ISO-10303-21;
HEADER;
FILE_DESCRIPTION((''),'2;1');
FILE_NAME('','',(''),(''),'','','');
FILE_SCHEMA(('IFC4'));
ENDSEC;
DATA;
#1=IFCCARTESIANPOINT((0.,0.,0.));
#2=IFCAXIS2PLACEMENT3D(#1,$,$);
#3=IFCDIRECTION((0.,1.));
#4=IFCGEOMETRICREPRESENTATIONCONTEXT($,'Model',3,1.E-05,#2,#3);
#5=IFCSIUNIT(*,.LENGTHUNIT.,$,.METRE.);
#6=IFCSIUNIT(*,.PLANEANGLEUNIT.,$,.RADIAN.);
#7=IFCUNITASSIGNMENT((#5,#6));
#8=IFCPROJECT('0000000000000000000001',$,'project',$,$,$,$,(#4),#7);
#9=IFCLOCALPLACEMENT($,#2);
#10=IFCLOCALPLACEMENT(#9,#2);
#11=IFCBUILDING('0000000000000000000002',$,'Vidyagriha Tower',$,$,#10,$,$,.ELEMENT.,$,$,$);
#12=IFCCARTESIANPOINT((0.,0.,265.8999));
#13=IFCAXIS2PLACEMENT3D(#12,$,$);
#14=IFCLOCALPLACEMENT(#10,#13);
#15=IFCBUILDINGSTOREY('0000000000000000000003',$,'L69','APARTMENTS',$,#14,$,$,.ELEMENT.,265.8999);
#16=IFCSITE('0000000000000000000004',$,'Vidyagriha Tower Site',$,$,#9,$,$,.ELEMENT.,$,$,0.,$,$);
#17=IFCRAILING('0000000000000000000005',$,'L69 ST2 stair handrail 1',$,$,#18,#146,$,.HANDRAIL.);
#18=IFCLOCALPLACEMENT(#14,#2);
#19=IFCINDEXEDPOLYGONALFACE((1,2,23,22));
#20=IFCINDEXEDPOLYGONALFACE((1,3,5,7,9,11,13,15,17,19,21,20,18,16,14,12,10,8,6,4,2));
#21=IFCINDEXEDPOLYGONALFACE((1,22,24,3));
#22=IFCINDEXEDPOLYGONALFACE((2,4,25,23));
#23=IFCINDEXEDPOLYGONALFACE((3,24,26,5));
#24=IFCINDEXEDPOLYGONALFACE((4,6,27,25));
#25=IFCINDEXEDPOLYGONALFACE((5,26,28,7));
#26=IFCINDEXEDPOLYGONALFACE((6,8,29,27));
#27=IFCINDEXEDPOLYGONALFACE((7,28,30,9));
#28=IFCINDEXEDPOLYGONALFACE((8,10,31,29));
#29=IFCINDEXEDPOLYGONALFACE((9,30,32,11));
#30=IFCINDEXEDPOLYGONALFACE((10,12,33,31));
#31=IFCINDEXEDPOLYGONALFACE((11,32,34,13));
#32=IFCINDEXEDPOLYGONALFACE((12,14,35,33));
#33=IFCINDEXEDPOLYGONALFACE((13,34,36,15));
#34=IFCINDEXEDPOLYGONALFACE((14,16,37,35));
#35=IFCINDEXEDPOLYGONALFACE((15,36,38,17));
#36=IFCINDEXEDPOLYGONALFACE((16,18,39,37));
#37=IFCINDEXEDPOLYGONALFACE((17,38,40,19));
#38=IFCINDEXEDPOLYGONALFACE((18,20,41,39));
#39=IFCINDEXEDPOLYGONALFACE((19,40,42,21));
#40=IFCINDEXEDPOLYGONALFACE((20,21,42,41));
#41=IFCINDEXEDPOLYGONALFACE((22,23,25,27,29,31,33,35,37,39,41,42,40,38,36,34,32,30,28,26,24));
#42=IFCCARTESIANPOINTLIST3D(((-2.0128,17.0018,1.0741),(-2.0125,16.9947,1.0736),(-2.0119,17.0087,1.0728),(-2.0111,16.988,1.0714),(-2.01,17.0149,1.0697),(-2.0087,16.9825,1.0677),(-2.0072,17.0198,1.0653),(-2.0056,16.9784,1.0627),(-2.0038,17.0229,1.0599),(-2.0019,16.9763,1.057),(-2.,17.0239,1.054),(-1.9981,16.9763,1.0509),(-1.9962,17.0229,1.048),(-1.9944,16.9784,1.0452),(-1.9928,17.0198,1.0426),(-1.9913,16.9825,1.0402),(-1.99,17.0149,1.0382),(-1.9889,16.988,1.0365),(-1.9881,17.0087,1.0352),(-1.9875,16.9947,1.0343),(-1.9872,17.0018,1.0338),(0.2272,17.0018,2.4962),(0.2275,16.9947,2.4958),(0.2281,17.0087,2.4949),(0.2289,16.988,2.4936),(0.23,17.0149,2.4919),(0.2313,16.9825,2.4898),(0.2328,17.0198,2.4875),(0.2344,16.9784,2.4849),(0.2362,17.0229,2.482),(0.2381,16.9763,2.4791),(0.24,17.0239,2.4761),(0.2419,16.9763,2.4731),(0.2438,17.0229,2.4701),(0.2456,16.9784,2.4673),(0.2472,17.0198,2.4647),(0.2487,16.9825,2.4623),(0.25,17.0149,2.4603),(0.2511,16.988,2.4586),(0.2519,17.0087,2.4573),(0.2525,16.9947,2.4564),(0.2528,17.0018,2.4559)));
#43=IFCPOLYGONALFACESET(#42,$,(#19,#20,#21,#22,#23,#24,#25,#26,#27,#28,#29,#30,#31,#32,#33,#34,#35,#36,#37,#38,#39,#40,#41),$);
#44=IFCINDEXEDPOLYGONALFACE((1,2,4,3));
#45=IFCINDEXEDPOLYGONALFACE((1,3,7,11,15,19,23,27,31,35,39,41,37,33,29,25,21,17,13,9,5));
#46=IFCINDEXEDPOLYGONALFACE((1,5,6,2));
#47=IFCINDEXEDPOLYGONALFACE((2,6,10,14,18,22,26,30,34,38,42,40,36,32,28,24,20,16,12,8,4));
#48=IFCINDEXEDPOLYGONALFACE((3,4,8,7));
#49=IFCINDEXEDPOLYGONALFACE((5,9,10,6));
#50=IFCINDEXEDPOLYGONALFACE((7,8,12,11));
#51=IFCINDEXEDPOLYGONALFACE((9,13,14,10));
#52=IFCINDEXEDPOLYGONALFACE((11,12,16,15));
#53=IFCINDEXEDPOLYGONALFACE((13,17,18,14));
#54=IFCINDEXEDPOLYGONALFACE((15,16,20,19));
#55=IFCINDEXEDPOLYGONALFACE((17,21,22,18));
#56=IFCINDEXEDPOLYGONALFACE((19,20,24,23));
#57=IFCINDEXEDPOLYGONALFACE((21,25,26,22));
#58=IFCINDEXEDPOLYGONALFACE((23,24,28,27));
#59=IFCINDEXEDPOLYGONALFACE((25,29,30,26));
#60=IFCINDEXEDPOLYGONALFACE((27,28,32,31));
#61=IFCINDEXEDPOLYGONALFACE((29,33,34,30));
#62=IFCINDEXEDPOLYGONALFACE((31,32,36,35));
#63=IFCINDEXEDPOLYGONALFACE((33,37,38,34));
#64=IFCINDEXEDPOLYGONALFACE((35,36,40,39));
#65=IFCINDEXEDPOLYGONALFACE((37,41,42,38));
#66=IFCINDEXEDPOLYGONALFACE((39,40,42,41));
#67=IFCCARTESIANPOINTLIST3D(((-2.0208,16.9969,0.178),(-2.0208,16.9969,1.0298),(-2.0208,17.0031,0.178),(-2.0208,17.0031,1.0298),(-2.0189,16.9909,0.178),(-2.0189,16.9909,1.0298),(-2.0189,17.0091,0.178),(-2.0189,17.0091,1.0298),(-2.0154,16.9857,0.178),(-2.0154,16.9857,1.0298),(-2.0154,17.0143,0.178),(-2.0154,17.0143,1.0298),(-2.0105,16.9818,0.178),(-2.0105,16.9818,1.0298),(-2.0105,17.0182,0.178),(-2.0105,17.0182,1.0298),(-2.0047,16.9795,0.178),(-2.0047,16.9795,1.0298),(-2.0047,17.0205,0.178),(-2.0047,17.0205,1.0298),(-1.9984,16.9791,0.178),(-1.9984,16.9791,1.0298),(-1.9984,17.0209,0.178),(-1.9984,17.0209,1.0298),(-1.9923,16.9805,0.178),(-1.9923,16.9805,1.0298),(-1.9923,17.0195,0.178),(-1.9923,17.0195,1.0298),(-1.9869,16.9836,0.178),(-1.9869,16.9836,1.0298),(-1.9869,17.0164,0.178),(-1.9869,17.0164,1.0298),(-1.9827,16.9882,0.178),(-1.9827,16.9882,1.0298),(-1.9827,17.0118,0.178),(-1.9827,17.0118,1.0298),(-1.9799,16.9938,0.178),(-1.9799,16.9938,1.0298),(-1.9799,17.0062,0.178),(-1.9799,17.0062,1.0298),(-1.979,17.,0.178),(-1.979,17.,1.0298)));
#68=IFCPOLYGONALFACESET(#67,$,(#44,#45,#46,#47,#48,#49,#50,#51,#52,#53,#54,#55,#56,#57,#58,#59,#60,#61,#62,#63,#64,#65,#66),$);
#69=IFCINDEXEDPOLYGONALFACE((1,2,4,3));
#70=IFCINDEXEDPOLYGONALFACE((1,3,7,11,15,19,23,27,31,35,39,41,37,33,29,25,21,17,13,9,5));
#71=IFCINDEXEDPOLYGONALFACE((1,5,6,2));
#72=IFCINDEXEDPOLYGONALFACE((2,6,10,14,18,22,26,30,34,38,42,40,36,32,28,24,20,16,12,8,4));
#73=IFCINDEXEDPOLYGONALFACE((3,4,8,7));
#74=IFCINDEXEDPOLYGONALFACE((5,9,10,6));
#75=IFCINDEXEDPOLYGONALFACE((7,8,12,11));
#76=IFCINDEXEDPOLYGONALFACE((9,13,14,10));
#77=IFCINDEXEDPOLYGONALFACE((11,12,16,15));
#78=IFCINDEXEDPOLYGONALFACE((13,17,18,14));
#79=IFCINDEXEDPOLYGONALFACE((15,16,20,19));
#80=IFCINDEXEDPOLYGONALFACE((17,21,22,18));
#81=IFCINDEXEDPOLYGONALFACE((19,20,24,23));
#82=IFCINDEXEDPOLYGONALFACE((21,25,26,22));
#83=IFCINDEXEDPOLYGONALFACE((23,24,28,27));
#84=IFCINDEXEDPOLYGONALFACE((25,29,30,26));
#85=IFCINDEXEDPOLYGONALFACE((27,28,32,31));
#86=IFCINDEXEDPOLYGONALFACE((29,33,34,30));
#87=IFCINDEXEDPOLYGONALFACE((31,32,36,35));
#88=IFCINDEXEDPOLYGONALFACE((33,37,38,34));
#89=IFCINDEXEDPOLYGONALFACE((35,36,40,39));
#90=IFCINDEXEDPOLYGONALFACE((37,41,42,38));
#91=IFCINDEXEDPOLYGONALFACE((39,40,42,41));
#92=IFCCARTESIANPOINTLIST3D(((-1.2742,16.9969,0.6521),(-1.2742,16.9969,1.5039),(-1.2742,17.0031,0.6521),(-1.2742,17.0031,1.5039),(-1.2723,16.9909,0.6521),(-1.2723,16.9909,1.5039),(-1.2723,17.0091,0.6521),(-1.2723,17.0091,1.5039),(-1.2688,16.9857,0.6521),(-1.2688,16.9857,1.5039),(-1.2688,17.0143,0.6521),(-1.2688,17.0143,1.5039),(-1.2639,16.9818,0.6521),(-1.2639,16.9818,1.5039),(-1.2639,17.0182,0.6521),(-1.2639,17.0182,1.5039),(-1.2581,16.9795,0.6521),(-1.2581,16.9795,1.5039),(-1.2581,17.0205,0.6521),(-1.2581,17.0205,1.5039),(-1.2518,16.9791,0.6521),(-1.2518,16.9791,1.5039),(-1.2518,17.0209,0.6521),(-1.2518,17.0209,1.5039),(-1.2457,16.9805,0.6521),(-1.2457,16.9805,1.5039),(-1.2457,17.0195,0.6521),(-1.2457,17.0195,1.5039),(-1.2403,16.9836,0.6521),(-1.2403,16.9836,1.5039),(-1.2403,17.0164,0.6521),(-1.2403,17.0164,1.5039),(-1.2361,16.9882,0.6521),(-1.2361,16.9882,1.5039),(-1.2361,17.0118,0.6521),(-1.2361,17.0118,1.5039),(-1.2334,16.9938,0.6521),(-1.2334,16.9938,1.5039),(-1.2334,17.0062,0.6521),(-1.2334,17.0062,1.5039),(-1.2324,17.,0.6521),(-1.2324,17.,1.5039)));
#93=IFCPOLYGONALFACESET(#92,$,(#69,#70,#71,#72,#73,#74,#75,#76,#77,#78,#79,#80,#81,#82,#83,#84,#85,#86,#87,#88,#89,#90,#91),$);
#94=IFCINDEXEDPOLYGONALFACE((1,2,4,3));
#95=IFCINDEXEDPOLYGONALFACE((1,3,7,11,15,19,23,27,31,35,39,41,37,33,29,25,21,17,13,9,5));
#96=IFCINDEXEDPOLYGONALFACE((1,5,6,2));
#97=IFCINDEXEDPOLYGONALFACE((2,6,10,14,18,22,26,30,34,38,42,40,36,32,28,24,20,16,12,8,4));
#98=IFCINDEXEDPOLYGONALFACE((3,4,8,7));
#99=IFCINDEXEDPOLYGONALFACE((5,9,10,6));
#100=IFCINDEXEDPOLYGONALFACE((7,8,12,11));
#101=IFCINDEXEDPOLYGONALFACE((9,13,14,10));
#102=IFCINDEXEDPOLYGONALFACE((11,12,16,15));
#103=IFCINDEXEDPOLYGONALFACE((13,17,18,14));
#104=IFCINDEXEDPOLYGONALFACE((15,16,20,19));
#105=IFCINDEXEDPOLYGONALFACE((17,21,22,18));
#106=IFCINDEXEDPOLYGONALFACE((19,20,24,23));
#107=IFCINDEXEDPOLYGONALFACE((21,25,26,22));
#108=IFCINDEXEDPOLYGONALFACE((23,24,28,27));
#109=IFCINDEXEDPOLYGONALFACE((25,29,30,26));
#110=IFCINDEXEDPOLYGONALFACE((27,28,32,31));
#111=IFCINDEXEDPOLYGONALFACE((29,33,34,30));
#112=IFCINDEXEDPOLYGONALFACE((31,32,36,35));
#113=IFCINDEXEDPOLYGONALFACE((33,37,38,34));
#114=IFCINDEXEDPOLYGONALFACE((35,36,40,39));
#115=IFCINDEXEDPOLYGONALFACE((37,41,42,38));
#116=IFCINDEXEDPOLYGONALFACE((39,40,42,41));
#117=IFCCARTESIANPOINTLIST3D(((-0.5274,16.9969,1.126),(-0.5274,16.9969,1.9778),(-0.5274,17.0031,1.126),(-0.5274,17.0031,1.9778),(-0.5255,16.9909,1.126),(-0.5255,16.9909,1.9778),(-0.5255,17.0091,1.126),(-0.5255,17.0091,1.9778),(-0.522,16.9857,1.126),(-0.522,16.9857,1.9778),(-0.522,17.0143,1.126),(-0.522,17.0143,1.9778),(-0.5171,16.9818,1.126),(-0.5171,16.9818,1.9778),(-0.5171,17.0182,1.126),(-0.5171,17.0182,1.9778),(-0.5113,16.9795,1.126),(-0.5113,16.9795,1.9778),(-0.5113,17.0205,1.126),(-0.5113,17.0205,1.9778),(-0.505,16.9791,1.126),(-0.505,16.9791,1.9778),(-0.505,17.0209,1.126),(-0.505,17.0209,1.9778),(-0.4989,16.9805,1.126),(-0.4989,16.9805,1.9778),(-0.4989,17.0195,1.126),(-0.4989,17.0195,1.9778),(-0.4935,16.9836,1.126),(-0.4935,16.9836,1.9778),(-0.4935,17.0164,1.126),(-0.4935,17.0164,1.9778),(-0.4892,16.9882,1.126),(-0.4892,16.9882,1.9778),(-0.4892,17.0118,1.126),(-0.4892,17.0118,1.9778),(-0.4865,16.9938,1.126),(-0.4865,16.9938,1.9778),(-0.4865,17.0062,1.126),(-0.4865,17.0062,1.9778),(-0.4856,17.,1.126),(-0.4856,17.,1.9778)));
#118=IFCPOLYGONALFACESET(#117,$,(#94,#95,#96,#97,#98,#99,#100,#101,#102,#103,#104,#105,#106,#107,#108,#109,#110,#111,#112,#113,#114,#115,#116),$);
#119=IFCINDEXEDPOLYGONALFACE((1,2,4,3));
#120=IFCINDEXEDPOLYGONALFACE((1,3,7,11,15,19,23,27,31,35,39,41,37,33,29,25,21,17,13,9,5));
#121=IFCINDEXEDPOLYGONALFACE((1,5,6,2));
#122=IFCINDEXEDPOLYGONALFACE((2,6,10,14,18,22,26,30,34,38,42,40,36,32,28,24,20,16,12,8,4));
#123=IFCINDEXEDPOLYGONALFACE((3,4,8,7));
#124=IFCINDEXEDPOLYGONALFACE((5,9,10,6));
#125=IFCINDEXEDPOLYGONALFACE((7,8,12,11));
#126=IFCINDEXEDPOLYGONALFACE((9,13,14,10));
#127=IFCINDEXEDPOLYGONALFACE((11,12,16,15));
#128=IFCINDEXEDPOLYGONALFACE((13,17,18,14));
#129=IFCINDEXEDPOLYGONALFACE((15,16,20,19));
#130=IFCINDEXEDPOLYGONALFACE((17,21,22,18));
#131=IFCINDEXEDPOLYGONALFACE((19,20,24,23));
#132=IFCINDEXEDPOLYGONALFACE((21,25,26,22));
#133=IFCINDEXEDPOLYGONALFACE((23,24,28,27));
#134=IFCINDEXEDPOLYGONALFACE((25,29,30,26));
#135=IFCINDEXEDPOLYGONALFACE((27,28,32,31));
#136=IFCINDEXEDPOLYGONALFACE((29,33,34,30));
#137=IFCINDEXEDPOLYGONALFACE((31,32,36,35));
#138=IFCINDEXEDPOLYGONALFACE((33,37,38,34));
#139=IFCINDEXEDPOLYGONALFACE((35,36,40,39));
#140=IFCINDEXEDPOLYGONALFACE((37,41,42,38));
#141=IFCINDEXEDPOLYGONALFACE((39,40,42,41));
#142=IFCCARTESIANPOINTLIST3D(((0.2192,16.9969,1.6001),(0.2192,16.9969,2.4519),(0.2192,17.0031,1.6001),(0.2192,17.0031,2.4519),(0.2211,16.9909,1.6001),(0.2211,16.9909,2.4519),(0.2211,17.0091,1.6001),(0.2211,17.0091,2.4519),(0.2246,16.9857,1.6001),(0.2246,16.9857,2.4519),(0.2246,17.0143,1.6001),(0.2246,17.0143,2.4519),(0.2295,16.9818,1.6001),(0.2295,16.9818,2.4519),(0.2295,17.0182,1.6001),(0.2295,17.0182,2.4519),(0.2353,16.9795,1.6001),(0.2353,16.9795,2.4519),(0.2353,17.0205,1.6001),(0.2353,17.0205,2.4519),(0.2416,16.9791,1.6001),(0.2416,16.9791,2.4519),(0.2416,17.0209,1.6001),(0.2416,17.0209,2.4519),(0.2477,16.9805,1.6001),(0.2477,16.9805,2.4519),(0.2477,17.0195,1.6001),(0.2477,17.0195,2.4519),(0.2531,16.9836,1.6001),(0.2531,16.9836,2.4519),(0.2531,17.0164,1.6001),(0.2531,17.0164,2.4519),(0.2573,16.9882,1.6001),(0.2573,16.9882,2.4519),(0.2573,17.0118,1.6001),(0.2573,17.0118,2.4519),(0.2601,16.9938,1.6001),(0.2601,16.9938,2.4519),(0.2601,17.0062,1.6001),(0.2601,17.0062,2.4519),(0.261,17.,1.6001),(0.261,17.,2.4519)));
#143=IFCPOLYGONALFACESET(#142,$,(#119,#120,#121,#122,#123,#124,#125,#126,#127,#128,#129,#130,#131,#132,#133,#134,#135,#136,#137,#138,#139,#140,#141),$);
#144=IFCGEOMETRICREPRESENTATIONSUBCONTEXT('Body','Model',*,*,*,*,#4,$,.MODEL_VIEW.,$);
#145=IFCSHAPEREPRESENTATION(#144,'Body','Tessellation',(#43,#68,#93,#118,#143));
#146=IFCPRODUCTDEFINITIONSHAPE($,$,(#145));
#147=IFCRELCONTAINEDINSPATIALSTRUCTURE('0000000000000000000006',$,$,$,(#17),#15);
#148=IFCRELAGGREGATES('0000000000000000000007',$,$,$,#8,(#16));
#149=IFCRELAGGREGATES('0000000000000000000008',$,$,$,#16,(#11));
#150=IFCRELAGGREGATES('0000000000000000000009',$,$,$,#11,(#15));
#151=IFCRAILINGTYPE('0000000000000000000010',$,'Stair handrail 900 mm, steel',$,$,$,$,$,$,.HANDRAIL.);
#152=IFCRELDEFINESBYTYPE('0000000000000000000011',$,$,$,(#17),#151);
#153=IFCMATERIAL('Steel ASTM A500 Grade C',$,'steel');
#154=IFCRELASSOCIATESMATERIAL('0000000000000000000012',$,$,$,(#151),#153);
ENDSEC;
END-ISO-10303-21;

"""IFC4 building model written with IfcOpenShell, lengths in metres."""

from ifc_helpers import new_model, si_unit, direction, frame, origin, origin_2d, place, context, subcontext, project, spatial, circle, extrude, material, type_object, element, save


model = new_model("IFC4")

# Units and contexts
model_context = context("Model", 3, precision=1e-05, world=origin(), true_north=direction((0.0, 1.0)))
body_context = subcontext(model_context, "Body", "Model", "MODEL_VIEW")
ifc_project = project(units=[si_unit("LENGTHUNIT", "METRE"), si_unit("PLANEANGLEUNIT", "RADIAN")], contexts=[model_context])

# Site, building, storey
site_placement = place(None, origin())
site = spatial("IfcSite", under=ifc_project, at=site_placement, Name="Vidyagriha Tower Site", CompositionType="ELEMENT", RefElevation=0.0)
building_placement = place(site_placement, origin())
building = spatial("IfcBuilding", under=site, at=building_placement, Name="Vidyagriha Tower", CompositionType="ELEMENT")
storey_placement = place(building_placement, frame((0.0, 0.0, 265.8999)))
storey = spatial("IfcBuildingStorey", under=building, at=storey_placement, Name="L69", Description="APARTMENTS", CompositionType="ELEMENT", Elevation=265.8999)

# Railing
ifc_material_1 = material(Name="Steel ASTM A500 Grade C", Category="steel")
railing_type_1 = type_object("IfcRailingType", Name="Stair handrail 900 mm, steel", PredefinedType="HANDRAIL", material=ifc_material_1)
for number, where, name in (
    (1, (-2.0, 17.0, 0.178), "L69 ST2 stair handrail 1"),
):
    element("IfcRailing", number, at=place(storey_placement, frame(where)), inside=storey, type_object=railing_type_1, Name=name, PredefinedType="HANDRAIL", context=body_context, shape_type="SweptSolid", body=[
        extrude(circle(Radius=0.0239, at=origin_2d()), frame((0.0, 0.0, 0.876), z_axis=(0.844229, 0.0, 0.535982), x_axis=(0.0, 1.0, 0.0)), (0.0, 0.0, 1.0), 2.6533),
        extrude(circle(Radius=0.021, at=origin_2d()), origin(), (0.0, 0.0, 1.0), 0.8518),
        extrude(circle(Radius=0.021, at=origin_2d()), frame((0.7466, 0.0, 0.4741)), (0.0, 0.0, 1.0), 0.8518),
        extrude(circle(Radius=0.021, at=origin_2d()), frame((1.4934, 0.0, 0.948)), (0.0, 0.0, 1.0), 0.8518),
        extrude(circle(Radius=0.021, at=origin_2d()), frame((2.24, 0.0, 1.4221)), (0.0, 0.0, 1.0), 0.8518),
    ])

save(model, "model.ifc")
